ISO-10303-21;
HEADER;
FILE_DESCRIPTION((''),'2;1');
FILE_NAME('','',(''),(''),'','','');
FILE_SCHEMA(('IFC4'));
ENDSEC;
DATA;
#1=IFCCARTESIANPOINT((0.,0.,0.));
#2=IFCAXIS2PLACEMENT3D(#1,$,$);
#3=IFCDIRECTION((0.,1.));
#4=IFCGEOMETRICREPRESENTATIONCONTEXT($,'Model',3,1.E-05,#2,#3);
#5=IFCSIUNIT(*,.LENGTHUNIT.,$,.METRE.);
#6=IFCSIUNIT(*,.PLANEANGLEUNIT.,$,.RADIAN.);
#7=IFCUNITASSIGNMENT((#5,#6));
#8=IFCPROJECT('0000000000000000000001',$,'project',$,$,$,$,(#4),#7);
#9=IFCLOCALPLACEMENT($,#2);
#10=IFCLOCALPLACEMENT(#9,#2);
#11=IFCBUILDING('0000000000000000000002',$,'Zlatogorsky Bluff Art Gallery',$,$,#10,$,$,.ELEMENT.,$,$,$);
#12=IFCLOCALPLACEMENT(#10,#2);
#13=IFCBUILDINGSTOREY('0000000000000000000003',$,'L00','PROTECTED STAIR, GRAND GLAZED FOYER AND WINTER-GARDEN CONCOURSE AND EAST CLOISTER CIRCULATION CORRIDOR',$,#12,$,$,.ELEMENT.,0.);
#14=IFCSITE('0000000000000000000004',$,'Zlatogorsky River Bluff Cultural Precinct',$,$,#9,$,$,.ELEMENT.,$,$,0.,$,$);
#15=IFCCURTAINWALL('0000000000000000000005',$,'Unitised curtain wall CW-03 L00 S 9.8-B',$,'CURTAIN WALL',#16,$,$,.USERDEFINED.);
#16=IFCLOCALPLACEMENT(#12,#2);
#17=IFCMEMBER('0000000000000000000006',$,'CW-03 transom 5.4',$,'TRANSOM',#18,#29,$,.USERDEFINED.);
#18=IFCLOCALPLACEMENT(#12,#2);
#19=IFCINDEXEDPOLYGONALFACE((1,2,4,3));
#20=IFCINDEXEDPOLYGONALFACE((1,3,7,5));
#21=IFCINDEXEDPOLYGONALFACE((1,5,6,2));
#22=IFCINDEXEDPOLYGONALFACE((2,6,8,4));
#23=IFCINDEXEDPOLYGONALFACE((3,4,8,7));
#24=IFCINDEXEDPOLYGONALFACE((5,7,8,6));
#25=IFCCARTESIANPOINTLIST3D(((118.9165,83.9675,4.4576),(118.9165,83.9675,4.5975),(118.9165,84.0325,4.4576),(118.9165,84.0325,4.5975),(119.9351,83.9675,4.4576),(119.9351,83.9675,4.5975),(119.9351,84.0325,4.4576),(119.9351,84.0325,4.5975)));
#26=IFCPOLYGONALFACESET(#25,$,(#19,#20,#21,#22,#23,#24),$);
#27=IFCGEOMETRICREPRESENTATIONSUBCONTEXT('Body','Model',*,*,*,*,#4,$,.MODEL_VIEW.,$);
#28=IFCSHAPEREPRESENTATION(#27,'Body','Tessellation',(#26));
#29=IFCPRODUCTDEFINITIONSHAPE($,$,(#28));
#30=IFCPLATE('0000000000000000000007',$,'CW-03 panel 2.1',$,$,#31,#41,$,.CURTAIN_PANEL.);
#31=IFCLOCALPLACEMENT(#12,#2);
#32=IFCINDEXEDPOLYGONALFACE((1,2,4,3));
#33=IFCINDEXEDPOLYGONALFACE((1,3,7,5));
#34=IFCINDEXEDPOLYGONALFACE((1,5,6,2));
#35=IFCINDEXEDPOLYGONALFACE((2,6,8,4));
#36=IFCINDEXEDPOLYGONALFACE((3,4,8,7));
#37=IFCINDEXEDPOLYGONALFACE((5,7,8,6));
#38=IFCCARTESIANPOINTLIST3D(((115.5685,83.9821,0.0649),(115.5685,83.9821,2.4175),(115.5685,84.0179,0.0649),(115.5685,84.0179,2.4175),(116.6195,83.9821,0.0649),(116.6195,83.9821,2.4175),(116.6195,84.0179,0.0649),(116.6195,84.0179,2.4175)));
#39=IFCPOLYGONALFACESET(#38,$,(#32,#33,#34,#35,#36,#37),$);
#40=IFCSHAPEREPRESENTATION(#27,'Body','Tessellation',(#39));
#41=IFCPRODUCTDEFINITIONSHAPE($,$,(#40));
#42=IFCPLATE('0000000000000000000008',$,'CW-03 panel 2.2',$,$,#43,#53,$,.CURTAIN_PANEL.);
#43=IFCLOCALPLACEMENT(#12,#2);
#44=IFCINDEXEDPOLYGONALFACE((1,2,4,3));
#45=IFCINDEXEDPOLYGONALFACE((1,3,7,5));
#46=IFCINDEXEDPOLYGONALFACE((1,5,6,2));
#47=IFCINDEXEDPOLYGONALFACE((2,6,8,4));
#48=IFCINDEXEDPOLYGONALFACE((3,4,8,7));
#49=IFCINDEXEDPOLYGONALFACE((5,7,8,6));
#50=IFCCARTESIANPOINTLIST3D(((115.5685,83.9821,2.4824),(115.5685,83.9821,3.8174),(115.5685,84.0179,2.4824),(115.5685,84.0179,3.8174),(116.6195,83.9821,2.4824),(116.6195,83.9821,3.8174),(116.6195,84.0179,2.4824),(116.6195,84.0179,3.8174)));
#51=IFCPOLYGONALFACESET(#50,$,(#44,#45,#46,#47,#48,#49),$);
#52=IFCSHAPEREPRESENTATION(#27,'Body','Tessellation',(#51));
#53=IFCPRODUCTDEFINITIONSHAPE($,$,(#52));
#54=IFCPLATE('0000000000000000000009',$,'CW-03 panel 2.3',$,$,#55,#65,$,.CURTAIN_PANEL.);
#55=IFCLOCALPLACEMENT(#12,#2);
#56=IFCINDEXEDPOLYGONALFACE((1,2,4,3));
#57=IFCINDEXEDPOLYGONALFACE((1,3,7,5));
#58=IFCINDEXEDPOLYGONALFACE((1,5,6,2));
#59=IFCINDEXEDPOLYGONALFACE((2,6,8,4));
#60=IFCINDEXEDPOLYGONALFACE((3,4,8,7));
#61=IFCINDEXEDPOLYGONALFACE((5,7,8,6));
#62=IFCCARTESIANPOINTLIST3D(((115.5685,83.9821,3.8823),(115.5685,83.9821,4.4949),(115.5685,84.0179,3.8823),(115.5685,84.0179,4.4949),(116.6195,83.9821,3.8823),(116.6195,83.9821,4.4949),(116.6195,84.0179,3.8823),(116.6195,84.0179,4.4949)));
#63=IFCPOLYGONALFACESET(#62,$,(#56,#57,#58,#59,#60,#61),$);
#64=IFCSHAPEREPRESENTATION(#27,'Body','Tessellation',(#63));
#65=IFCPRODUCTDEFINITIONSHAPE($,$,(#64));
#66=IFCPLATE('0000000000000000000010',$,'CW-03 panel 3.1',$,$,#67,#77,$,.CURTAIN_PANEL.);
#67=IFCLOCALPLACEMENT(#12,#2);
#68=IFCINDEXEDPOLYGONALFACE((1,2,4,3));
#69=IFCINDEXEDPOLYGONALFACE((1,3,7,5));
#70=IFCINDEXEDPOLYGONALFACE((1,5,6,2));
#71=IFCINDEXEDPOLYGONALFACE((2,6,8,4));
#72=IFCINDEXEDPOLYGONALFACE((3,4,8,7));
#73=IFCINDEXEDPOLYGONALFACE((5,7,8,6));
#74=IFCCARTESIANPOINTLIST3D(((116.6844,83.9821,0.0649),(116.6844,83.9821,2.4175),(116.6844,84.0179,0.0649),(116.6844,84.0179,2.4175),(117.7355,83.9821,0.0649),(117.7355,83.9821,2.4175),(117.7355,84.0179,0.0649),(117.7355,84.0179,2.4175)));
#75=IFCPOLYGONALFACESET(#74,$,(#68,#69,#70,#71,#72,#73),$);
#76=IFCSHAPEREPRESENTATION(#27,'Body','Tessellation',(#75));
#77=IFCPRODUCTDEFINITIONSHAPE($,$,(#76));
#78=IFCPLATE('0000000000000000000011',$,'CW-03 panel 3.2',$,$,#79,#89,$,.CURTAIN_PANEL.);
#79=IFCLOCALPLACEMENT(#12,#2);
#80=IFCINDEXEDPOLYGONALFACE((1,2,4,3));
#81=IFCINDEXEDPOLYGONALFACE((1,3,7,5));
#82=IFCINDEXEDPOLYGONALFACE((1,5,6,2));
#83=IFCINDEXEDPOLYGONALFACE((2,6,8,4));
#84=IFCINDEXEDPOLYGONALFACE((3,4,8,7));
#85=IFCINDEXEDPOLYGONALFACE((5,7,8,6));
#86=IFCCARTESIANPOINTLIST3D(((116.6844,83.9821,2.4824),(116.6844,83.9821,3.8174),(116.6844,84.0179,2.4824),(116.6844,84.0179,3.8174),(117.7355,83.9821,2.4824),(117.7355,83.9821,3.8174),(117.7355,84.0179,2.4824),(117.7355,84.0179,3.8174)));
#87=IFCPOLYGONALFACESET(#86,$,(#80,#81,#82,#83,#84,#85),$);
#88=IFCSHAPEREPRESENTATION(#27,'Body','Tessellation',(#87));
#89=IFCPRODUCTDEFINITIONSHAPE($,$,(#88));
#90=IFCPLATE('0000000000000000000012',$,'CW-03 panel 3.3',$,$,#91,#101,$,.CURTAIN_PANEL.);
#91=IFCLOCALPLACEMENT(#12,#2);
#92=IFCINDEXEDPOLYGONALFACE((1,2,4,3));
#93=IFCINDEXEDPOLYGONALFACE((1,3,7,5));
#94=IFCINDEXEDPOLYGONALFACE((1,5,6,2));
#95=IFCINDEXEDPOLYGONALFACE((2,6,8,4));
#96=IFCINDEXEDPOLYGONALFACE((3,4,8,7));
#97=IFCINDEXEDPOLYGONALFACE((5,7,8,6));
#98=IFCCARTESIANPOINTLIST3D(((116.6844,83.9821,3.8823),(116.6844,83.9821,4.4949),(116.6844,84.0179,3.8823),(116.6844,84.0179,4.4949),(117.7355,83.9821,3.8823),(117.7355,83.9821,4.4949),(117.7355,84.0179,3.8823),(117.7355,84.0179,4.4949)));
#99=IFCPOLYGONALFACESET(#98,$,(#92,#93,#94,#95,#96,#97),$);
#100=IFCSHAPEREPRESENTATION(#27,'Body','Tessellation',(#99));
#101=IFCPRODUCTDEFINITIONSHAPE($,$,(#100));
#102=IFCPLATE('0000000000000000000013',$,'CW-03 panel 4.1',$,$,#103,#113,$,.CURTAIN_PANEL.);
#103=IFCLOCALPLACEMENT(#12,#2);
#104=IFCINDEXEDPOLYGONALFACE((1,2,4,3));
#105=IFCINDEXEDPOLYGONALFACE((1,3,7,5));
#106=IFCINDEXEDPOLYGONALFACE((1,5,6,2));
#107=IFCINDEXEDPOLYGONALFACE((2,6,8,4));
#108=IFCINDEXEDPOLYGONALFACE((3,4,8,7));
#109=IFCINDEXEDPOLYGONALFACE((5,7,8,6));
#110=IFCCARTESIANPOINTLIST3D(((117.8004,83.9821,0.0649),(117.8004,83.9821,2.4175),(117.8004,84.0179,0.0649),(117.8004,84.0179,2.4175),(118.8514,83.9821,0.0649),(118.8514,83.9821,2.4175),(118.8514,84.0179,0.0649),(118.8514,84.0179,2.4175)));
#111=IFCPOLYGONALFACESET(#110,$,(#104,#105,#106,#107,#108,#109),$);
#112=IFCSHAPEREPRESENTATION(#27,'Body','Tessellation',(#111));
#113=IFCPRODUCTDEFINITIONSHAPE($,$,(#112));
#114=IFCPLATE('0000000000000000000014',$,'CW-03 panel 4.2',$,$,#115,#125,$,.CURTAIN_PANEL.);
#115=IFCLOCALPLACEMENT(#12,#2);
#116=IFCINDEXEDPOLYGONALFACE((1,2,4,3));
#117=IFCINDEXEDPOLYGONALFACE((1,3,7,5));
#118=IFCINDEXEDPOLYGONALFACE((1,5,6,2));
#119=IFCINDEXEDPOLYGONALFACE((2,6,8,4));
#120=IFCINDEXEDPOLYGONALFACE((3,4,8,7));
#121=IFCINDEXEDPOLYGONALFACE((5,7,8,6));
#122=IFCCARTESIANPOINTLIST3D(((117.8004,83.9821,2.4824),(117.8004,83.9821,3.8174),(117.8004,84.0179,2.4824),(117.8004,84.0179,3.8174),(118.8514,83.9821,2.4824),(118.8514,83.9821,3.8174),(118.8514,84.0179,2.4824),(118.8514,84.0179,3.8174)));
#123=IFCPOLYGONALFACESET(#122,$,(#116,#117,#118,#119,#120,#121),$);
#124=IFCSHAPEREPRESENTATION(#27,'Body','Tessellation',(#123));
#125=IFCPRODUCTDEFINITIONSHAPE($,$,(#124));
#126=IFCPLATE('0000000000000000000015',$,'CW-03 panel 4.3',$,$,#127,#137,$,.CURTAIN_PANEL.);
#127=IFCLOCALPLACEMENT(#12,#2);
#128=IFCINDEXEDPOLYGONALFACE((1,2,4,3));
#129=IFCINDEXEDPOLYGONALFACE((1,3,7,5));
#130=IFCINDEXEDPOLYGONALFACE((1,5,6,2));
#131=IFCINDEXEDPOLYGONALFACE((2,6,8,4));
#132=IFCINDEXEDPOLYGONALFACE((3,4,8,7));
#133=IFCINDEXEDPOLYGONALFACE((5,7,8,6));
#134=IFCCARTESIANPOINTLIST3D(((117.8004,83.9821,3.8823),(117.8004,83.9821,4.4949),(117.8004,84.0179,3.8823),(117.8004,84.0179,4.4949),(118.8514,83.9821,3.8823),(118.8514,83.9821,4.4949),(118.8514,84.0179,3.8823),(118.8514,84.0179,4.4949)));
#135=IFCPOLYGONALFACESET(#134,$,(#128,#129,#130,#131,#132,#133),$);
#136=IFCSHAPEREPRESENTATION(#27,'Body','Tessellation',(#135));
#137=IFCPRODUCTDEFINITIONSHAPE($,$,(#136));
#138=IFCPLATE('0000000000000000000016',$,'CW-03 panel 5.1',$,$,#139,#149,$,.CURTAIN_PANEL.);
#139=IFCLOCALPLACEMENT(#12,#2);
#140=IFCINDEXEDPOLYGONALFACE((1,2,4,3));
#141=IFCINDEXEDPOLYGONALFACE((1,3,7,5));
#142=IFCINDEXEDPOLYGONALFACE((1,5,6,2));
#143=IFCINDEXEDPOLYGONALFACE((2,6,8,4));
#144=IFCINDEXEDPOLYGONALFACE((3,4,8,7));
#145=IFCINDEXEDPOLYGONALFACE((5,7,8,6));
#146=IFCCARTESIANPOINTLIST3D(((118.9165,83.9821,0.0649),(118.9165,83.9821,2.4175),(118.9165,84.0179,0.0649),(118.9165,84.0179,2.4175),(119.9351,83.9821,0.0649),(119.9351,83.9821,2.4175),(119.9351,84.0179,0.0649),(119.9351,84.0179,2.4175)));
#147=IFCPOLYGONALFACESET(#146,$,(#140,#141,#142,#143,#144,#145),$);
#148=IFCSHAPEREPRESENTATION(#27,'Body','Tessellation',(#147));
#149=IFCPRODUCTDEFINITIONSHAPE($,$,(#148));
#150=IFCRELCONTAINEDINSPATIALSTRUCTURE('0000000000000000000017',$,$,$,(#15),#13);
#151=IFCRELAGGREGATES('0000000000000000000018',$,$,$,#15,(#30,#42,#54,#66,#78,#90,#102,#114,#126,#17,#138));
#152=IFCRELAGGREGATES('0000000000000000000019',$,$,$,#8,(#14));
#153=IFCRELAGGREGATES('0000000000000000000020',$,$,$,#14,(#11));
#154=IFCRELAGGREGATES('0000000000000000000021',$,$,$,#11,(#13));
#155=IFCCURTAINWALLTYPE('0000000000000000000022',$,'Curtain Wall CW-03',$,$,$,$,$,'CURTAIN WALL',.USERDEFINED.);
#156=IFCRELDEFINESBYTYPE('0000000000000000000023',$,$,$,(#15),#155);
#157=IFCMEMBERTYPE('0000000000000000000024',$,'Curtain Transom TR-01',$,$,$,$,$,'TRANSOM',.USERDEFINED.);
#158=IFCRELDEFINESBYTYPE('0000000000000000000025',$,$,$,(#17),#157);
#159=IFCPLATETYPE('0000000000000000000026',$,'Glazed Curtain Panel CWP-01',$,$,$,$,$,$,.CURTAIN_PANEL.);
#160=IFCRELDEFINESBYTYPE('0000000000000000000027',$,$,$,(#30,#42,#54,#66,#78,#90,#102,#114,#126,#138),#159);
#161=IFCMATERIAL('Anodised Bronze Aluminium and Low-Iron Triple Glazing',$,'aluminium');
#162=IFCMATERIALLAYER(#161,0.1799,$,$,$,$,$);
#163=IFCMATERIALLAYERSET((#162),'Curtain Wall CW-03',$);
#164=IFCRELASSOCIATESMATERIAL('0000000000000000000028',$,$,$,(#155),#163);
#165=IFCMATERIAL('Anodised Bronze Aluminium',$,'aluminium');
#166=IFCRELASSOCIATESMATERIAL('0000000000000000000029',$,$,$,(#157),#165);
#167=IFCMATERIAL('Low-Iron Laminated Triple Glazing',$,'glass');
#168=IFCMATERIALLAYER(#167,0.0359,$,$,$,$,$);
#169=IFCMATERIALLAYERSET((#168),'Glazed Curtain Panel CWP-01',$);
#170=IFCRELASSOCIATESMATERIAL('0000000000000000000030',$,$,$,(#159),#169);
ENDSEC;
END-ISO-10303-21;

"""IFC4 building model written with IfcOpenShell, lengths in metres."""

from ifc_helpers import new_model, si_unit, direction, frame, origin, origin_2d, place, context, subcontext, project, spatial, rectangle, extrude, material, layer, layer_set, material_profile, profile_set, type_object, element, aggregate, save


model = new_model("IFC4")

# Units and contexts
model_context = context("Model", 3, precision=1e-05, world=origin(), true_north=direction((0.0, 1.0)))
body_context = subcontext(model_context, "Body", "Model", "MODEL_VIEW")
ifc_project = project(units=[si_unit("LENGTHUNIT", "METRE"), si_unit("PLANEANGLEUNIT", "RADIAN")], contexts=[model_context])

# Site, building, storey
site_placement = place(None, origin())
site = spatial("IfcSite", under=ifc_project, at=site_placement, Name="Zlatogorsky River Bluff Cultural Precinct", CompositionType="ELEMENT", RefElevation=0.0)
building_placement = place(site_placement, origin())
building = spatial("IfcBuilding", under=site, at=building_placement, Name="Zlatogorsky Bluff Art Gallery", CompositionType="ELEMENT")
storey_placement = place(building_placement, origin())
storey = spatial("IfcBuildingStorey", under=building, at=storey_placement, Name="L00", Description="PROTECTED STAIR, GRAND GLAZED FOYER AND WINTER-GARDEN CONCOURSE AND EAST CLOISTER CIRCULATION CORRIDOR", CompositionType="ELEMENT", Elevation=0.0)

# Curtain wall, member, plates
ifc_material_1 = material(Name="Anodised Bronze Aluminium and Low-Iron Triple Glazing", Category="aluminium")
ifc_layer_1 = layer(ifc_material_1, 0.1799)
ifc_layer_set_1 = layer_set([ifc_layer_1], Name="Curtain Wall CW-03")
curtain_wall_type = type_object("IfcCurtainWallType", Name="Curtain Wall CW-03", ElementType="CURTAIN WALL", PredefinedType="USERDEFINED", material=ifc_layer_set_1)
curtain_wall_placement = place(storey_placement, origin())
curtain_wall = element("IfcCurtainWall", 1, at=curtain_wall_placement, inside=storey, type_object=curtain_wall_type, Name="Unitised curtain wall CW-03 L00 S 9.8-B", ObjectType="CURTAIN WALL", PredefinedType="USERDEFINED")
ifc_material_2 = material(Name="Anodised Bronze Aluminium", Category="aluminium")
ifc_material_profile_1 = material_profile(ifc_material_2, rectangle(XDim=0.0649, YDim=0.1399, at=origin_2d()), Name="ALU TRANSOM 65x140")
ifc_profile_set_1 = profile_set([ifc_material_profile_1], Name="Anodised Bronze Aluminium")
member_type_1 = type_object("IfcMemberType", Name="Curtain Transom TR-01", ElementType="TRANSOM", PredefinedType="USERDEFINED", material=ifc_profile_set_1)
member_1_placement = place(storey_placement, frame((118.9165, 84.0, 4.5276), z_axis=(1.0, 0.0, 0.0), x_axis=(0.0, 1.0, 0.0)))
member_1 = element("IfcMember", 2, at=member_1_placement, type_object=member_type_1, Name="CW-03 transom 5.4", ObjectType="TRANSOM", PredefinedType="USERDEFINED", context=body_context, shape_type="SweptSolid", body=[
    extrude(rectangle(XDim=0.0649, YDim=0.1399, at=origin_2d()), origin(), (0.0, 0.0, 1.0), 1.0186),
])
ifc_material_3 = material(Name="Low-Iron Laminated Triple Glazing", Category="glass")
ifc_layer_2 = layer(ifc_material_3, 0.0359)
ifc_layer_set_2 = layer_set([ifc_layer_2], Name="Glazed Curtain Panel CWP-01")
plate_type = type_object("IfcPlateType", Name="Glazed Curtain Panel CWP-01", PredefinedType="CURTAIN_PANEL", material=ifc_layer_set_2)
plate_1_placement = place(storey_placement, frame((116.094, 84.0, 0.0649), z_axis=(0.0, 0.0, 1.0), x_axis=(1.0, 0.0, 0.0)))
plate_1 = element("IfcPlate", 3, at=plate_1_placement, type_object=plate_type, Name="CW-03 panel 2.1", PredefinedType="CURTAIN_PANEL", context=body_context, shape_type="SweptSolid", body=[
    extrude(rectangle(XDim=1.051, YDim=0.0359, at=origin_2d()), origin(), (0.0, 0.0, 1.0), 2.3525),
])
plate_2_placement = place(storey_placement, frame((116.094, 84.0, 2.4824), z_axis=(0.0, 0.0, 1.0), x_axis=(1.0, 0.0, 0.0)))
plate_2 = element("IfcPlate", 4, at=plate_2_placement, type_object=plate_type, Name="CW-03 panel 2.2", PredefinedType="CURTAIN_PANEL", context=body_context, shape_type="SweptSolid", body=[
    extrude(rectangle(XDim=1.051, YDim=0.0359, at=origin_2d()), origin(), (0.0, 0.0, 1.0), 1.335),
])
plate_3_placement = place(storey_placement, frame((116.094, 84.0, 3.8823), z_axis=(0.0, 0.0, 1.0), x_axis=(1.0, 0.0, 0.0)))
plate_3 = element("IfcPlate", 5, at=plate_3_placement, type_object=plate_type, Name="CW-03 panel 2.3", PredefinedType="CURTAIN_PANEL", context=body_context, shape_type="SweptSolid", body=[
    extrude(rectangle(XDim=1.051, YDim=0.0359, at=origin_2d()), origin(), (0.0, 0.0, 1.0), 0.6125),
])
plate_4_placement = place(storey_placement, frame((117.21, 84.0, 0.0649), z_axis=(0.0, 0.0, 1.0), x_axis=(1.0, 0.0, 0.0)))
plate_4 = element("IfcPlate", 6, at=plate_4_placement, type_object=plate_type, Name="CW-03 panel 3.1", PredefinedType="CURTAIN_PANEL", context=body_context, shape_type="SweptSolid", body=[
    extrude(rectangle(XDim=1.051, YDim=0.0359, at=origin_2d()), origin(), (0.0, 0.0, 1.0), 2.3525),
])
plate_5_placement = place(storey_placement, frame((117.21, 84.0, 2.4824), z_axis=(0.0, 0.0, 1.0), x_axis=(1.0, 0.0, 0.0)))
plate_5 = element("IfcPlate", 7, at=plate_5_placement, type_object=plate_type, Name="CW-03 panel 3.2", PredefinedType="CURTAIN_PANEL", context=body_context, shape_type="SweptSolid", body=[
    extrude(rectangle(XDim=1.051, YDim=0.0359, at=origin_2d()), origin(), (0.0, 0.0, 1.0), 1.335),
])
plate_6_placement = place(storey_placement, frame((117.21, 84.0, 3.8823), z_axis=(0.0, 0.0, 1.0), x_axis=(1.0, 0.0, 0.0)))
plate_6 = element("IfcPlate", 8, at=plate_6_placement, type_object=plate_type, Name="CW-03 panel 3.3", PredefinedType="CURTAIN_PANEL", context=body_context, shape_type="SweptSolid", body=[
    extrude(rectangle(XDim=1.051, YDim=0.0359, at=origin_2d()), origin(), (0.0, 0.0, 1.0), 0.6125),
])
plate_7_placement = place(storey_placement, frame((118.3259, 84.0, 0.0649), z_axis=(0.0, 0.0, 1.0), x_axis=(1.0, 0.0, 0.0)))
plate_7 = element("IfcPlate", 9, at=plate_7_placement, type_object=plate_type, Name="CW-03 panel 4.1", PredefinedType="CURTAIN_PANEL", context=body_context, shape_type="SweptSolid", body=[
    extrude(rectangle(XDim=1.051, YDim=0.0359, at=origin_2d()), origin(), (0.0, 0.0, 1.0), 2.3525),
])
plate_8_placement = place(storey_placement, frame((118.3259, 84.0, 2.4824), z_axis=(0.0, 0.0, 1.0), x_axis=(1.0, 0.0, 0.0)))
plate_8 = element("IfcPlate", 10, at=plate_8_placement, type_object=plate_type, Name="CW-03 panel 4.2", PredefinedType="CURTAIN_PANEL", context=body_context, shape_type="SweptSolid", body=[
    extrude(rectangle(XDim=1.051, YDim=0.0359, at=origin_2d()), origin(), (0.0, 0.0, 1.0), 1.335),
])
plate_9_placement = place(storey_placement, frame((118.3259, 84.0, 3.8823), z_axis=(0.0, 0.0, 1.0), x_axis=(1.0, 0.0, 0.0)))
plate_9 = element("IfcPlate", 11, at=plate_9_placement, type_object=plate_type, Name="CW-03 panel 4.3", PredefinedType="CURTAIN_PANEL", context=body_context, shape_type="SweptSolid", body=[
    extrude(rectangle(XDim=1.051, YDim=0.0359, at=origin_2d()), origin(), (0.0, 0.0, 1.0), 0.6125),
])
plate_10_placement = place(storey_placement, frame((119.4258, 84.0, 0.0649), z_axis=(0.0, 0.0, 1.0), x_axis=(1.0, 0.0, 0.0)))
plate_10 = element("IfcPlate", 12, at=plate_10_placement, type_object=plate_type, Name="CW-03 panel 5.1", PredefinedType="CURTAIN_PANEL", context=body_context, shape_type="SweptSolid", body=[
    extrude(rectangle(XDim=1.0186, YDim=0.0359, at=origin_2d()), origin(), (0.0, 0.0, 1.0), 2.3525),
])
aggregate(curtain_wall, [plate_1, plate_2, plate_3, plate_4, plate_5, plate_6, plate_7, plate_8, plate_9, member_1, plate_10])

save(model, "model.ifc")
